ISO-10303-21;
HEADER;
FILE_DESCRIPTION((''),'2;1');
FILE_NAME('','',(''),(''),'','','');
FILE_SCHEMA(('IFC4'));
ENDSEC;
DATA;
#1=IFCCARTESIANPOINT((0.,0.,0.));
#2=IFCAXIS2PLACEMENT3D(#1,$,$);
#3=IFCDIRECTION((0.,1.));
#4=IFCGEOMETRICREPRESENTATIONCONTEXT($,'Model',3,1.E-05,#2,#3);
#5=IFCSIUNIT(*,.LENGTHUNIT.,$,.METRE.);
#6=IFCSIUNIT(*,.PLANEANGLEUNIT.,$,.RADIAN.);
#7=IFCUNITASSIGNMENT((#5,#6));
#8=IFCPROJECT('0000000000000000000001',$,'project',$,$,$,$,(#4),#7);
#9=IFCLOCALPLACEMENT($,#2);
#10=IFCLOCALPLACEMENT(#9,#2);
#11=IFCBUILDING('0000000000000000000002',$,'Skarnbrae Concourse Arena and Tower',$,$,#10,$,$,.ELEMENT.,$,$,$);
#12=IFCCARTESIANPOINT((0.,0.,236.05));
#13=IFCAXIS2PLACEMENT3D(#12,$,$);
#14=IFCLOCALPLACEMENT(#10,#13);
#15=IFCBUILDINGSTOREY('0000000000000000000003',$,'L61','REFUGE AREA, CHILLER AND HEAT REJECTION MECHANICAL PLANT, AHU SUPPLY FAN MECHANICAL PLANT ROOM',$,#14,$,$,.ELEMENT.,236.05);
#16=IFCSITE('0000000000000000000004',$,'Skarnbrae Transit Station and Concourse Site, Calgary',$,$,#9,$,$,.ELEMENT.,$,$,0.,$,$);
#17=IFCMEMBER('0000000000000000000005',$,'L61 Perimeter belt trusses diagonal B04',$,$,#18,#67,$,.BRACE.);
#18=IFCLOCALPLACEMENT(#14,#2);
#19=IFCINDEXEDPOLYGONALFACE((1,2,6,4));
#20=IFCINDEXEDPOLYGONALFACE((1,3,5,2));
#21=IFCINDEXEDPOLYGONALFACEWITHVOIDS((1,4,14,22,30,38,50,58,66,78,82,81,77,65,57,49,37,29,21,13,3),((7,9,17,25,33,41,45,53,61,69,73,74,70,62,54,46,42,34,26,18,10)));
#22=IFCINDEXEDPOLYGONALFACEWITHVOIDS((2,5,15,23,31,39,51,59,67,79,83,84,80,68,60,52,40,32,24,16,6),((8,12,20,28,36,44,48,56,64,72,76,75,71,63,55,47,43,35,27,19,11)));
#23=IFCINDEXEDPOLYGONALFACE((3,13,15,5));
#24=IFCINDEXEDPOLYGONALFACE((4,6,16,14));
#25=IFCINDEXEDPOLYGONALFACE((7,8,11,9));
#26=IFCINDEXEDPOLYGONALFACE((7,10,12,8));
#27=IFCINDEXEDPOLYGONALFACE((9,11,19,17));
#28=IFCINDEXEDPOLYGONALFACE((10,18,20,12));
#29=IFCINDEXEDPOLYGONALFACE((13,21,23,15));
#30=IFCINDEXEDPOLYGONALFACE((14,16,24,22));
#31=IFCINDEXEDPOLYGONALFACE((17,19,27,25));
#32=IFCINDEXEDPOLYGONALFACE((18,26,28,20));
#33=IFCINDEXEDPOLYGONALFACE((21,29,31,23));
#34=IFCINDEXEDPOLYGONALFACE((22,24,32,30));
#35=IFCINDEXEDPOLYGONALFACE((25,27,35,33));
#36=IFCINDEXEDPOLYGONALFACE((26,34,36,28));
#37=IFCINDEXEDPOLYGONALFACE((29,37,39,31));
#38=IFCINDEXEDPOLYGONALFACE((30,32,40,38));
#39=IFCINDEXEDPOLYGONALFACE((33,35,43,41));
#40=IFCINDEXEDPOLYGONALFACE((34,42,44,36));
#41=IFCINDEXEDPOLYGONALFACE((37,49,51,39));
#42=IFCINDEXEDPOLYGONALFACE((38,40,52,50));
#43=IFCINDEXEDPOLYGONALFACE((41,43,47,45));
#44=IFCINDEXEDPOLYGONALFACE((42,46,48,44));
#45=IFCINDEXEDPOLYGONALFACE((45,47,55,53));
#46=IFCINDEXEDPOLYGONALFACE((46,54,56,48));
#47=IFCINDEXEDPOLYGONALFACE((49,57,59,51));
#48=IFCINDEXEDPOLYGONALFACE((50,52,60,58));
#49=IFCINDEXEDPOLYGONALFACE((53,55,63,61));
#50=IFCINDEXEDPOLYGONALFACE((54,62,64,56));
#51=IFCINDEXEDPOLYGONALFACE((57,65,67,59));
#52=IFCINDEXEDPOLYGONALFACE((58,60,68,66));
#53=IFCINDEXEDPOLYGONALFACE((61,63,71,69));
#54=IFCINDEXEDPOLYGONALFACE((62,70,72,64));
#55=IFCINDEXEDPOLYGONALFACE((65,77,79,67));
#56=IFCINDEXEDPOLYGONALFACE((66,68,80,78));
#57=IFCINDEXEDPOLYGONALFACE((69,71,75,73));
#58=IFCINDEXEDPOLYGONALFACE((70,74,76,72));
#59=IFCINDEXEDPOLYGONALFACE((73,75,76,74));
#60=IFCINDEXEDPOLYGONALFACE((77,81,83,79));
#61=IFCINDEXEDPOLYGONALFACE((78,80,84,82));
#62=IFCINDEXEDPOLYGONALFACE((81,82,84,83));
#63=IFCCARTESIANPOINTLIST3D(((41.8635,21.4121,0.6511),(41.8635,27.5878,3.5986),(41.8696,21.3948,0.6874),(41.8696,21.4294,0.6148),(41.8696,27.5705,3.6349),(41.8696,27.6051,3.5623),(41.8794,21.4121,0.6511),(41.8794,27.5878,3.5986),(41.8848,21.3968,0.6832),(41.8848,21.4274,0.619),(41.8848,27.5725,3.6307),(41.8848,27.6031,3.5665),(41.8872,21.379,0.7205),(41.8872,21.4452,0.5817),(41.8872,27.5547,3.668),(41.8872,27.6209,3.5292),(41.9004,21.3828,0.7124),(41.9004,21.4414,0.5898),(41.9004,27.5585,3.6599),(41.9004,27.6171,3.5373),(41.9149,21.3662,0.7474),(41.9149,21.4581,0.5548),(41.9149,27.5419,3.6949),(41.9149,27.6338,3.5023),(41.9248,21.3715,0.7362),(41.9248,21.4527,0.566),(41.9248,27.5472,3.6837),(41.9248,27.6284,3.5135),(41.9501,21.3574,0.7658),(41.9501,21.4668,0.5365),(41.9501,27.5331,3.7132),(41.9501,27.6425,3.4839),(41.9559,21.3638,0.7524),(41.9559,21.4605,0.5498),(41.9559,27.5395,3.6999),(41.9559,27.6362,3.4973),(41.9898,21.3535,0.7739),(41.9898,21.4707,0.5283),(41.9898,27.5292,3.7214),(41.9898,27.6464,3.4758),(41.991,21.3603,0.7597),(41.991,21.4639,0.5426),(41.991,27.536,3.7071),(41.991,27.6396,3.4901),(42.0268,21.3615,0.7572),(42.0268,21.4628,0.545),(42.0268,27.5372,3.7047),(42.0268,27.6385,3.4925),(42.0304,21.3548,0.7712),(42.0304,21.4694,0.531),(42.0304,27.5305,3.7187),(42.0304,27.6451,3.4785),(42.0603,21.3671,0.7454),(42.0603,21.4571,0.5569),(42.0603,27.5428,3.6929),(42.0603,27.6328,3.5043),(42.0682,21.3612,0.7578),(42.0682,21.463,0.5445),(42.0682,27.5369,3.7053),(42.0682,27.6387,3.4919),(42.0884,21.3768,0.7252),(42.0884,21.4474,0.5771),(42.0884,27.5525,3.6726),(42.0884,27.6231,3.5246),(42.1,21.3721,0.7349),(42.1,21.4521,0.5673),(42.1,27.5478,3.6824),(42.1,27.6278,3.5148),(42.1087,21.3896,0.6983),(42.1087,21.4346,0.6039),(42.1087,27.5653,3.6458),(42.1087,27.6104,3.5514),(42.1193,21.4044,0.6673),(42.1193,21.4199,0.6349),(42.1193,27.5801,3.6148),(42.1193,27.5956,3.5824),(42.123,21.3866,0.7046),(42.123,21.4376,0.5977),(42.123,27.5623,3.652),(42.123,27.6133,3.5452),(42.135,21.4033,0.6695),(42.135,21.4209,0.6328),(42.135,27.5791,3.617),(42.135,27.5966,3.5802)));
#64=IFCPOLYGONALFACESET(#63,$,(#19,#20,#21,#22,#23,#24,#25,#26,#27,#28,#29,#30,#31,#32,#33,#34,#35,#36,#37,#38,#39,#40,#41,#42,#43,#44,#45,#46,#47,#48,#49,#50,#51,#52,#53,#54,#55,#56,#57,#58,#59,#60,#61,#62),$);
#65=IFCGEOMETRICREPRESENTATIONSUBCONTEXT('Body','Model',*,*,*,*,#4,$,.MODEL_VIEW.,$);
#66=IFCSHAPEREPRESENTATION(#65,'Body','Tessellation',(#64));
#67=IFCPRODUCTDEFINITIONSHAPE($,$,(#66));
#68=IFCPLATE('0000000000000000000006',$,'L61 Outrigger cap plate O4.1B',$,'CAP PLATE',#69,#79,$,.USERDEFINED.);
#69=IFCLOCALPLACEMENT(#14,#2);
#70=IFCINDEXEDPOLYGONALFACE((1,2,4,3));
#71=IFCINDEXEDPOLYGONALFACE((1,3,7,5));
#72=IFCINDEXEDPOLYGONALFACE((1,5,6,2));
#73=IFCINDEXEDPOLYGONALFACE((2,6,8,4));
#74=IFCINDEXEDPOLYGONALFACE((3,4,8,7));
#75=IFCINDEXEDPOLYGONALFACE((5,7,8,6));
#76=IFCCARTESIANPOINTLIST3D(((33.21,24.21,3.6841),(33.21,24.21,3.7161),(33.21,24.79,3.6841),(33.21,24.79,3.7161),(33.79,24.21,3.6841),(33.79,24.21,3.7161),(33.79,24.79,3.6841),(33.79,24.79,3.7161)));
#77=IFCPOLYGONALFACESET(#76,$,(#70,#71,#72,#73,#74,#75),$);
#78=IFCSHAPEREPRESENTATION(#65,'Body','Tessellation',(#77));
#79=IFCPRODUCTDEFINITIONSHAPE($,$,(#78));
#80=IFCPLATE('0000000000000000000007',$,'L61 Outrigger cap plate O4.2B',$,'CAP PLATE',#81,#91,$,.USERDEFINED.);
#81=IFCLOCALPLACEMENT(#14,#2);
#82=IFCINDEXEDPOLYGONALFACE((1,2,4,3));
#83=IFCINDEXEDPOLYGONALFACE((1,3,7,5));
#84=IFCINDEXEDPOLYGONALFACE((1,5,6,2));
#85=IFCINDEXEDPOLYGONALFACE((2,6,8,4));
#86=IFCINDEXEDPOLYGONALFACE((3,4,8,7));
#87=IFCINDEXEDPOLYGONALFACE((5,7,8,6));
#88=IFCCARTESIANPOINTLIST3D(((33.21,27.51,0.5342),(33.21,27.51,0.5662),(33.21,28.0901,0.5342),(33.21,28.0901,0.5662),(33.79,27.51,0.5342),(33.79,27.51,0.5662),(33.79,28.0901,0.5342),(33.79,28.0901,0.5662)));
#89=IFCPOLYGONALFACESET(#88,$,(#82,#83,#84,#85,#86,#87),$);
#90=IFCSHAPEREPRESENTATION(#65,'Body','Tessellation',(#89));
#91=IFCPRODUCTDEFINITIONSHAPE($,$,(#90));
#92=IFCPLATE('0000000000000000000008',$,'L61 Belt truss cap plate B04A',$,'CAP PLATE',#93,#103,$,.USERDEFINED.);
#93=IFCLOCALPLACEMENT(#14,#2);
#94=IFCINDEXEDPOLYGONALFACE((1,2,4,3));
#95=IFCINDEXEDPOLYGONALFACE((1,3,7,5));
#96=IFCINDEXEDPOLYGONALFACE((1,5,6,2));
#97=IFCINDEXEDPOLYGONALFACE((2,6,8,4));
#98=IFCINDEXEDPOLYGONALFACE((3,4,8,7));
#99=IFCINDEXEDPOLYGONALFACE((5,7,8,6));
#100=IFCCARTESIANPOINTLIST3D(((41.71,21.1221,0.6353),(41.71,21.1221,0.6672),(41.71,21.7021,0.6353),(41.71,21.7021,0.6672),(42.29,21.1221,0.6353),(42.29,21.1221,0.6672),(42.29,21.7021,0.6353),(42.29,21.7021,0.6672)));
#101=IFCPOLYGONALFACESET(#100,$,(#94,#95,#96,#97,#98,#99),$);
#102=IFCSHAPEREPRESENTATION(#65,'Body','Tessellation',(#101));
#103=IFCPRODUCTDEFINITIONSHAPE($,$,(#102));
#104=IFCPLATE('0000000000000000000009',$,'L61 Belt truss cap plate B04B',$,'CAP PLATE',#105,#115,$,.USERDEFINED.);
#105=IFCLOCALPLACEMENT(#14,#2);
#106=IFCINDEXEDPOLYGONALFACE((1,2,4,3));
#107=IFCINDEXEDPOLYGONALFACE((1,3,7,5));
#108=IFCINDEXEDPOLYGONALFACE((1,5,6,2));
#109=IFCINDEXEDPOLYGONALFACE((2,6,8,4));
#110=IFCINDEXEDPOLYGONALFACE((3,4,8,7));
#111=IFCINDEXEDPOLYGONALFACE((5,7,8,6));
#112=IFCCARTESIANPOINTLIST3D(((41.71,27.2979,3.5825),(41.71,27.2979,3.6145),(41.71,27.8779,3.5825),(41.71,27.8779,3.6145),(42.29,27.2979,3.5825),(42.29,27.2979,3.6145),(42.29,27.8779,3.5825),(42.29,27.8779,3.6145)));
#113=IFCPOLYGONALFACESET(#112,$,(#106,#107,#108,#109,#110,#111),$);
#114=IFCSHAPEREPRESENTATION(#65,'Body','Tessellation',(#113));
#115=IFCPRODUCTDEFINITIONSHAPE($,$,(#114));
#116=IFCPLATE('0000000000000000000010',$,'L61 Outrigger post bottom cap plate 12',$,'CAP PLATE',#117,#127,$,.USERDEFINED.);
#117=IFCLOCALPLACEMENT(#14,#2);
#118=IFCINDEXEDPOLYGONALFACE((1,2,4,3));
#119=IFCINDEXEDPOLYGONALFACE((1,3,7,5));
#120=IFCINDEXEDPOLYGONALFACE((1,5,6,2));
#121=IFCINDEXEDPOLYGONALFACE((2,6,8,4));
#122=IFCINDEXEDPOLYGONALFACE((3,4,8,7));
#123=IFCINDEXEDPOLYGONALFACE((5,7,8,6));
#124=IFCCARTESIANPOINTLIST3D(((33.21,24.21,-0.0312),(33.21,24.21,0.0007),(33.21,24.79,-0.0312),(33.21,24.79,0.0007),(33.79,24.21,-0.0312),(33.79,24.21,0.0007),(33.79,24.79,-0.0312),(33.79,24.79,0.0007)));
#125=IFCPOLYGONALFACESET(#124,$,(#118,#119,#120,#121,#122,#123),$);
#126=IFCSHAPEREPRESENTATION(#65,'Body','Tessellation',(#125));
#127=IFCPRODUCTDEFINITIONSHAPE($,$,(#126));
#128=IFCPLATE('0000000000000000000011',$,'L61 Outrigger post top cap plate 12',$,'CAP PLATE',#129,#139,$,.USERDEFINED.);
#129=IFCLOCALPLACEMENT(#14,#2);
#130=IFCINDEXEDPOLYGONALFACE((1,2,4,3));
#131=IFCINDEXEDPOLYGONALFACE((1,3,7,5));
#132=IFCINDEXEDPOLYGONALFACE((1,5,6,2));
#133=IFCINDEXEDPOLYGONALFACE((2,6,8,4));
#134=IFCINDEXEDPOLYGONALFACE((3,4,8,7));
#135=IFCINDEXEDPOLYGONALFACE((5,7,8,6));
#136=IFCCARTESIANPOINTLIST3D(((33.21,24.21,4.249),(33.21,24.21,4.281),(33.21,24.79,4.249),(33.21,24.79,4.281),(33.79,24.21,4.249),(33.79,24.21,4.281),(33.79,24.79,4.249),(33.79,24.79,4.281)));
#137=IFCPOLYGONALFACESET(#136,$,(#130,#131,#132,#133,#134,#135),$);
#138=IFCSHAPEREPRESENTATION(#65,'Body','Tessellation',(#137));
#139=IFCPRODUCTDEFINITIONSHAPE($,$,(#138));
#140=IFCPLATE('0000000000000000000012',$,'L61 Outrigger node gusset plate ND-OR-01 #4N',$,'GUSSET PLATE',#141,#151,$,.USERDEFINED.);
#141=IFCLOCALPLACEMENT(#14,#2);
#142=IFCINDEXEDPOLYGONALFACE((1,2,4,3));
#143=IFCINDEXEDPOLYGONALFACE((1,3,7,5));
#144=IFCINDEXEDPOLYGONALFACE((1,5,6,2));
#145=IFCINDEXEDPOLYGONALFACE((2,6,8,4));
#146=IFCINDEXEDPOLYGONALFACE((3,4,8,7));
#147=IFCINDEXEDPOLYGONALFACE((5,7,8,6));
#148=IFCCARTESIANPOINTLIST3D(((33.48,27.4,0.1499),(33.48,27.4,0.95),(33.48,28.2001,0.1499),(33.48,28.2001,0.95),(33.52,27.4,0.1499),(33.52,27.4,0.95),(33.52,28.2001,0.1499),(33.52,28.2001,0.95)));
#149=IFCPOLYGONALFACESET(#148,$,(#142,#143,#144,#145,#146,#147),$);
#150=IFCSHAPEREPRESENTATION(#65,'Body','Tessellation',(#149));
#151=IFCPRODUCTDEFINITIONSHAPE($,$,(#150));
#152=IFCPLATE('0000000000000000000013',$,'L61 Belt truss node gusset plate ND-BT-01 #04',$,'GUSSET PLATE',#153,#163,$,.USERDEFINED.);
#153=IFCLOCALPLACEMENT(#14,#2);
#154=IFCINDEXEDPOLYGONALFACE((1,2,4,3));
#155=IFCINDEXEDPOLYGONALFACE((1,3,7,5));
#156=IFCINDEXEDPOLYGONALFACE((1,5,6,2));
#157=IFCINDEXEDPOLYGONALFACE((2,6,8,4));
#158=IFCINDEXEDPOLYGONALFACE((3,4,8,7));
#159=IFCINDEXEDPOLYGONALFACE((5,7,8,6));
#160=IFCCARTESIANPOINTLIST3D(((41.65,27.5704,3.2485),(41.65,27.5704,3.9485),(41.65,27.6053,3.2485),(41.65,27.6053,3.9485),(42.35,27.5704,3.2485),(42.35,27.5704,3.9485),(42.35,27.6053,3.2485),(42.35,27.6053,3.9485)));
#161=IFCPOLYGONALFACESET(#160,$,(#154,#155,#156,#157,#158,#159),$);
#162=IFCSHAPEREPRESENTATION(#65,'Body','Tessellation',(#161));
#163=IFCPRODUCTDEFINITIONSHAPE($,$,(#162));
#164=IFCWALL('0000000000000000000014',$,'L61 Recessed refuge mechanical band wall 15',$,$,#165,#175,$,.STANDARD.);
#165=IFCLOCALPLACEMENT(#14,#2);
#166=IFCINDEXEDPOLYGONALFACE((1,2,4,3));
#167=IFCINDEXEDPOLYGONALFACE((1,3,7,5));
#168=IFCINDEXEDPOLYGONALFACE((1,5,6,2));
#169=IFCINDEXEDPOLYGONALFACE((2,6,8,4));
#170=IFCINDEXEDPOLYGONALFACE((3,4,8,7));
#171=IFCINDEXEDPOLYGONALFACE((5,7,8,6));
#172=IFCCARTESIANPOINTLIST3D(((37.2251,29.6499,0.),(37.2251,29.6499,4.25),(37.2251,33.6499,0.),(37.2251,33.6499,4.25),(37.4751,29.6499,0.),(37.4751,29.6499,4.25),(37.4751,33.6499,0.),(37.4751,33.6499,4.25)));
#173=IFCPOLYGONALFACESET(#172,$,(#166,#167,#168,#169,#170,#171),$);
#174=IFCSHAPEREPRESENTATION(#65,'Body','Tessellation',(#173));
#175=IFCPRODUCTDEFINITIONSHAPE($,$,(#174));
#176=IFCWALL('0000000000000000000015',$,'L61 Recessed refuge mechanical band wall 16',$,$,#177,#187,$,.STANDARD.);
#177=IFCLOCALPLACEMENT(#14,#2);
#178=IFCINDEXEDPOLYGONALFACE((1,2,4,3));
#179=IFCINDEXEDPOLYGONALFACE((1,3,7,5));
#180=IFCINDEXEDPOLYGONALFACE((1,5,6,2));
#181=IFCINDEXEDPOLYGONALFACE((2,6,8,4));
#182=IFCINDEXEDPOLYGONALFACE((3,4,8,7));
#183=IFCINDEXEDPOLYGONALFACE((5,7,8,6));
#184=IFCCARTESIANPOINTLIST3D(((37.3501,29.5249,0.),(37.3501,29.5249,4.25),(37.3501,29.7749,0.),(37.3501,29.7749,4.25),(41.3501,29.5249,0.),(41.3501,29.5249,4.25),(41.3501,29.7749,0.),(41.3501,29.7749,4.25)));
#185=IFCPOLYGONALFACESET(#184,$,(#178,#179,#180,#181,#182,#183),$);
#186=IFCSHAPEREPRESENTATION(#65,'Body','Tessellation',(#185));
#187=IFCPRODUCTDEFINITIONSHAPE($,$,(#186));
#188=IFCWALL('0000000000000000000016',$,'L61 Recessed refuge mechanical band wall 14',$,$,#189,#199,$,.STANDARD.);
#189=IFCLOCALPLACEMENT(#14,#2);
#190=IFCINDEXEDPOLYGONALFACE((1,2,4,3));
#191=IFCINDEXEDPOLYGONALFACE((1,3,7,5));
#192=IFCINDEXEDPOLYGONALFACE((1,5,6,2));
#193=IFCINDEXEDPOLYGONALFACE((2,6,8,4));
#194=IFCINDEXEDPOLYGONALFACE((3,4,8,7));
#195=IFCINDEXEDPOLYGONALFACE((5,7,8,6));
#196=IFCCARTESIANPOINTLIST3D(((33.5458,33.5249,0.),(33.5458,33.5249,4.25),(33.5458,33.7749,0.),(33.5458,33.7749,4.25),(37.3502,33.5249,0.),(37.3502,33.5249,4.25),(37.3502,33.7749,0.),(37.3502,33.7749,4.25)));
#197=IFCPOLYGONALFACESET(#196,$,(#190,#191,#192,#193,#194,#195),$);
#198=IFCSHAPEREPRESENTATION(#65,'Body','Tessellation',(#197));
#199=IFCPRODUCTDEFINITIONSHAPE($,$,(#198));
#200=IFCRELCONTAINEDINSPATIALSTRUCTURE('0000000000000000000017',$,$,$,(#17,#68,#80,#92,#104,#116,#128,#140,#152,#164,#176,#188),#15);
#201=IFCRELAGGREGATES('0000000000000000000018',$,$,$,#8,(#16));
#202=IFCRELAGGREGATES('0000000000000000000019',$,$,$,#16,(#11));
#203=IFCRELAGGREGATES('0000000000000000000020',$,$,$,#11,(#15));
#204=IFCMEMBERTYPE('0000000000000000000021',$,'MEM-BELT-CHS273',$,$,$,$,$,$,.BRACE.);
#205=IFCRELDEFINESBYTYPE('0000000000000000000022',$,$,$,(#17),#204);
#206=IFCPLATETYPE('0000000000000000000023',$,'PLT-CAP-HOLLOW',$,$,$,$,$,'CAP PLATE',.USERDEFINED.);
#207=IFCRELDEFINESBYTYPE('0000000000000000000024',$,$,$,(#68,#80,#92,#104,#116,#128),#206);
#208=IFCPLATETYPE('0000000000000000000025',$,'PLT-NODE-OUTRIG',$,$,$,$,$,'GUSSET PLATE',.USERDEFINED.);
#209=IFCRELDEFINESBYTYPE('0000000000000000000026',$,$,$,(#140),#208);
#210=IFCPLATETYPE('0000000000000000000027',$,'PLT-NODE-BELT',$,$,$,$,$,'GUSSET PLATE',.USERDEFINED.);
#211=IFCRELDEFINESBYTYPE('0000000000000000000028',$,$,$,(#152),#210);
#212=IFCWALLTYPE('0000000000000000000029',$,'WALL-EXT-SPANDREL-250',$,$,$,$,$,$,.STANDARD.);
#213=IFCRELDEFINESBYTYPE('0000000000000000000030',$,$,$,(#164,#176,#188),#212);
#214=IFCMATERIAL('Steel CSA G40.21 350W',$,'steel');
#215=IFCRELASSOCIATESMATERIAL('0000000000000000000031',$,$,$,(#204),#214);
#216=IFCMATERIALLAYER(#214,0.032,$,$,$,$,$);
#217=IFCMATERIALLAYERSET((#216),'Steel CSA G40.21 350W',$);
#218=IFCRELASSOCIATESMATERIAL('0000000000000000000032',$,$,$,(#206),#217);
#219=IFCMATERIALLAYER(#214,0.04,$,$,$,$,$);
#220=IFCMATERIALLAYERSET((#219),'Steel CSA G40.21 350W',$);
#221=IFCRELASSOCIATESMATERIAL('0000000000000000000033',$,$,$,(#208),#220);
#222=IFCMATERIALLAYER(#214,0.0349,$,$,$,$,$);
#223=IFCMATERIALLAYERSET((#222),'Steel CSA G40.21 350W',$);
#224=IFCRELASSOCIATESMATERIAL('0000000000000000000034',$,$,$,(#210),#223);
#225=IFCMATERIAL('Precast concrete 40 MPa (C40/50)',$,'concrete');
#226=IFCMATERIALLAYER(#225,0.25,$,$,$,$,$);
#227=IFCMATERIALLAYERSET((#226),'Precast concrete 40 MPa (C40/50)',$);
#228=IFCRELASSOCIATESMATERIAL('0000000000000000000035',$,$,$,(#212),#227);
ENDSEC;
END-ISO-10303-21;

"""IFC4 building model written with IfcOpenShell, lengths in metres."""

from ifc_helpers import new_model, si_unit, direction, frame, frame_2d, origin, origin_2d, place, context, subcontext, project, spatial, rectangle, hollow_circle, extrude, source, transform, mapped, material, layer, layer_set, material_profile, profile_set, type_object, element, save


model = new_model("IFC4")

# Units and contexts
model_context = context("Model", 3, precision=1e-05, world=origin(), true_north=direction((0.0, 1.0)))
body_context = subcontext(model_context, "Body", "Model", "MODEL_VIEW")
ifc_project = project(units=[si_unit("LENGTHUNIT", "METRE"), si_unit("PLANEANGLEUNIT", "RADIAN")], contexts=[model_context])

# Site, building, storey
site_placement = place(None, origin())
site = spatial("IfcSite", under=ifc_project, at=site_placement, Name="Skarnbrae Transit Station and Concourse Site, Calgary", CompositionType="ELEMENT", RefElevation=0.0)
building_placement = place(site_placement, origin())
building = spatial("IfcBuilding", under=site, at=building_placement, Name="Skarnbrae Concourse Arena and Tower", CompositionType="ELEMENT")
storey_placement = place(building_placement, frame((0.0, 0.0, 236.05)))
storey = spatial("IfcBuildingStorey", under=building, at=storey_placement, Name="L61", Description="REFUGE AREA, CHILLER AND HEAT REJECTION MECHANICAL PLANT, AHU SUPPLY FAN MECHANICAL PLANT ROOM", CompositionType="ELEMENT", Elevation=236.05)

# Shared definitions
ifc_material_1 = material(Name="Steel CSA G40.21 350W", Category="steel")

# Member
ifc_material_profile_1 = material_profile(ifc_material_1, hollow_circle(Radius=0.1365, WallThickness=0.0159, at=origin_2d()), Name="HSS273X15.9")
ifc_profile_set_1 = profile_set([ifc_material_profile_1], Name="Steel CSA G40.21 350W")
member_type_1 = type_object("IfcMemberType", Name="MEM-BELT-CHS273", PredefinedType="BRACE", material=ifc_profile_set_1)
shared_shape_1 = source(origin(), body_context, "Body", "SweptSolid", [
    extrude(hollow_circle(Radius=0.1365, WallThickness=0.0159, at=origin_2d()), origin(), (0.0, 0.0, 1.0), 6.843),
])
member_1_placement = place(storey_placement, frame((42.0, 21.4121, 0.6511), z_axis=(0.0, 0.902482, 0.430727), x_axis=(-1.0, 0.0, 0.0)))
element("IfcMember", 1, at=member_1_placement, inside=storey, type_object=member_type_1, Name="L61 Perimeter belt trusses diagonal B04", PredefinedType="BRACE", context=body_context, shape_type="MappedRepresentation", body=[
    mapped(shared_shape_1, transform((0.0, 0.0, 0.0))),
])

# Plates
ifc_layer_1 = layer(ifc_material_1, 0.032)
ifc_layer_set_1 = layer_set([ifc_layer_1], Name="Steel CSA G40.21 350W")
plate_type_1 = type_object("IfcPlateType", Name="PLT-CAP-HOLLOW", ElementType="CAP PLATE", PredefinedType="USERDEFINED", material=ifc_layer_set_1)
shared_shape_2 = source(origin(), body_context, "Body", "SweptSolid", [
    extrude(rectangle(XDim=0.5801, YDim=0.5801, at=origin_2d()), origin(), (0.0, 0.0, 1.0), 0.032),
])
for number, where, z_axis, x_axis, name in (
    (2, (33.5, 24.5, 3.6841), (0.0, 0.0, 1.0), (1.0, 0.0, 0.0), "L61 Outrigger cap plate O4.1B"),
    (3, (33.5, 27.8, 0.5342), (0.0, 0.0, 1.0), (1.0, 0.0, 0.0), "L61 Outrigger cap plate O4.2B"),
    (4, (42.0, 21.4121, 0.6353), (0.0, 0.0, 1.0), (1.0, 0.0, 0.0), "L61 Belt truss cap plate B04A"),
    (5, (42.0, 27.5879, 3.5825), (0.0, 0.0, 1.0), (1.0, 0.0, 0.0), "L61 Belt truss cap plate B04B"),
    (6, (33.5, 24.5, -0.0312), (0.0, 0.0, 1.0), (1.0, 0.0, 0.0), "L61 Outrigger post bottom cap plate 12"),
    (7, (33.5, 24.5, 4.249), (0.0, 0.0, 1.0), (1.0, 0.0, 0.0), "L61 Outrigger post top cap plate 12"),
):
    element("IfcPlate", number, at=place(storey_placement, frame(where, z_axis=z_axis, x_axis=x_axis)), inside=storey, type_object=plate_type_1, Name=name, ObjectType="CAP PLATE", PredefinedType="USERDEFINED", context=body_context, shape_type="MappedRepresentation", body=[
        mapped(shared_shape_2, transform((0.0, 0.0, 0.0))),
    ])
ifc_layer_2 = layer(ifc_material_1, 0.04)
ifc_layer_set_2 = layer_set([ifc_layer_2], Name="Steel CSA G40.21 350W")
plate_type_2 = type_object("IfcPlateType", Name="PLT-NODE-OUTRIG", ElementType="GUSSET PLATE", PredefinedType="USERDEFINED", material=ifc_layer_set_2)
shared_shape_3 = source(origin(), body_context, "Body", "SweptSolid", [
    extrude(rectangle(XDim=0.8, YDim=0.04, at=origin_2d()), origin(), (0.0, 0.0, 1.0), 0.8),
])
plate_1_placement = place(storey_placement, frame((33.5, 27.8, 0.1499), z_axis=(0.0, 0.0, 1.0), x_axis=(0.0, 1.0, 0.0)))
element("IfcPlate", 8, at=plate_1_placement, inside=storey, type_object=plate_type_2, Name="L61 Outrigger node gusset plate ND-OR-01 #4N", ObjectType="GUSSET PLATE", PredefinedType="USERDEFINED", context=body_context, shape_type="MappedRepresentation", body=[
    mapped(shared_shape_3, transform((0.0, 0.0, 0.0))),
])
ifc_layer_3 = layer(ifc_material_1, 0.0349)
ifc_layer_set_3 = layer_set([ifc_layer_3], Name="Steel CSA G40.21 350W")
plate_type_3 = type_object("IfcPlateType", Name="PLT-NODE-BELT", ElementType="GUSSET PLATE", PredefinedType="USERDEFINED", material=ifc_layer_set_3)
shared_shape_4 = source(origin(), body_context, "Body", "SweptSolid", [
    extrude(rectangle(XDim=0.7, YDim=0.0349, at=origin_2d()), origin(), (0.0, 0.0, 1.0), 0.7),
])
plate_2_placement = place(storey_placement, frame((42.0, 27.5879, 3.2485), z_axis=(0.0, 0.0, 1.0), x_axis=(1.0, 0.0, 0.0)))
element("IfcPlate", 9, at=plate_2_placement, inside=storey, type_object=plate_type_3, Name="L61 Belt truss node gusset plate ND-BT-01 #04", ObjectType="GUSSET PLATE", PredefinedType="USERDEFINED", context=body_context, shape_type="MappedRepresentation", body=[
    mapped(shared_shape_4, transform((0.0, 0.0, 0.0))),
])

# Walls
ifc_material_2 = material(Name="Precast concrete 40 MPa (C40/50)", Category="concrete")
ifc_layer_4 = layer(ifc_material_2, 0.25)
ifc_layer_set_4 = layer_set([ifc_layer_4], Name="Precast concrete 40 MPa (C40/50)")
wall_type = type_object("IfcWallType", Name="WALL-EXT-SPANDREL-250", PredefinedType="STANDARD", material=ifc_layer_set_4)
shared_shape_5 = source(origin(), body_context, "Body", "SweptSolid", [
    extrude(rectangle(XDim=4.0, YDim=0.25, at=frame_2d((2.0, 0.0))), origin(), (0.0, 0.0, 1.0), 4.25),
])
for number, where, z_axis, x_axis, name in (
    (10, (37.3501, 33.6499, 0.0), (0.0, 0.0, 1.0), (0.0, -1.0, 0.0), "L61 Recessed refuge mechanical band wall 15"),
    (11, (37.3501, 29.6499, 0.0), (0.0, 0.0, 1.0), (1.0, 0.0, 0.0), "L61 Recessed refuge mechanical band wall 16"),
):
    element("IfcWall", number, at=place(storey_placement, frame(where, z_axis=z_axis, x_axis=x_axis)), inside=storey, type_object=wall_type, Name=name, PredefinedType="STANDARD", context=body_context, shape_type="MappedRepresentation", body=[
        mapped(shared_shape_5, transform((0.0, 0.0, 0.0))),
    ])
shared_shape_6 = source(origin(), body_context, "Body", "SweptSolid", [
    extrude(rectangle(XDim=3.8044, YDim=0.25, at=frame_2d((1.9023, 0.0))), origin(), (0.0, 0.0, 1.0), 4.25),
])
wall_1_placement = place(storey_placement, frame((33.5457, 33.6499, 0.0), z_axis=(0.0, 0.0, 1.0), x_axis=(1.0, 0.0, 0.0)))
element("IfcWall", 12, at=wall_1_placement, inside=storey, type_object=wall_type, Name="L61 Recessed refuge mechanical band wall 14", PredefinedType="STANDARD", context=body_context, shape_type="MappedRepresentation", body=[
    mapped(shared_shape_6, transform((0.0, 0.0, 0.0))),
])

save(model, "model.ifc")
